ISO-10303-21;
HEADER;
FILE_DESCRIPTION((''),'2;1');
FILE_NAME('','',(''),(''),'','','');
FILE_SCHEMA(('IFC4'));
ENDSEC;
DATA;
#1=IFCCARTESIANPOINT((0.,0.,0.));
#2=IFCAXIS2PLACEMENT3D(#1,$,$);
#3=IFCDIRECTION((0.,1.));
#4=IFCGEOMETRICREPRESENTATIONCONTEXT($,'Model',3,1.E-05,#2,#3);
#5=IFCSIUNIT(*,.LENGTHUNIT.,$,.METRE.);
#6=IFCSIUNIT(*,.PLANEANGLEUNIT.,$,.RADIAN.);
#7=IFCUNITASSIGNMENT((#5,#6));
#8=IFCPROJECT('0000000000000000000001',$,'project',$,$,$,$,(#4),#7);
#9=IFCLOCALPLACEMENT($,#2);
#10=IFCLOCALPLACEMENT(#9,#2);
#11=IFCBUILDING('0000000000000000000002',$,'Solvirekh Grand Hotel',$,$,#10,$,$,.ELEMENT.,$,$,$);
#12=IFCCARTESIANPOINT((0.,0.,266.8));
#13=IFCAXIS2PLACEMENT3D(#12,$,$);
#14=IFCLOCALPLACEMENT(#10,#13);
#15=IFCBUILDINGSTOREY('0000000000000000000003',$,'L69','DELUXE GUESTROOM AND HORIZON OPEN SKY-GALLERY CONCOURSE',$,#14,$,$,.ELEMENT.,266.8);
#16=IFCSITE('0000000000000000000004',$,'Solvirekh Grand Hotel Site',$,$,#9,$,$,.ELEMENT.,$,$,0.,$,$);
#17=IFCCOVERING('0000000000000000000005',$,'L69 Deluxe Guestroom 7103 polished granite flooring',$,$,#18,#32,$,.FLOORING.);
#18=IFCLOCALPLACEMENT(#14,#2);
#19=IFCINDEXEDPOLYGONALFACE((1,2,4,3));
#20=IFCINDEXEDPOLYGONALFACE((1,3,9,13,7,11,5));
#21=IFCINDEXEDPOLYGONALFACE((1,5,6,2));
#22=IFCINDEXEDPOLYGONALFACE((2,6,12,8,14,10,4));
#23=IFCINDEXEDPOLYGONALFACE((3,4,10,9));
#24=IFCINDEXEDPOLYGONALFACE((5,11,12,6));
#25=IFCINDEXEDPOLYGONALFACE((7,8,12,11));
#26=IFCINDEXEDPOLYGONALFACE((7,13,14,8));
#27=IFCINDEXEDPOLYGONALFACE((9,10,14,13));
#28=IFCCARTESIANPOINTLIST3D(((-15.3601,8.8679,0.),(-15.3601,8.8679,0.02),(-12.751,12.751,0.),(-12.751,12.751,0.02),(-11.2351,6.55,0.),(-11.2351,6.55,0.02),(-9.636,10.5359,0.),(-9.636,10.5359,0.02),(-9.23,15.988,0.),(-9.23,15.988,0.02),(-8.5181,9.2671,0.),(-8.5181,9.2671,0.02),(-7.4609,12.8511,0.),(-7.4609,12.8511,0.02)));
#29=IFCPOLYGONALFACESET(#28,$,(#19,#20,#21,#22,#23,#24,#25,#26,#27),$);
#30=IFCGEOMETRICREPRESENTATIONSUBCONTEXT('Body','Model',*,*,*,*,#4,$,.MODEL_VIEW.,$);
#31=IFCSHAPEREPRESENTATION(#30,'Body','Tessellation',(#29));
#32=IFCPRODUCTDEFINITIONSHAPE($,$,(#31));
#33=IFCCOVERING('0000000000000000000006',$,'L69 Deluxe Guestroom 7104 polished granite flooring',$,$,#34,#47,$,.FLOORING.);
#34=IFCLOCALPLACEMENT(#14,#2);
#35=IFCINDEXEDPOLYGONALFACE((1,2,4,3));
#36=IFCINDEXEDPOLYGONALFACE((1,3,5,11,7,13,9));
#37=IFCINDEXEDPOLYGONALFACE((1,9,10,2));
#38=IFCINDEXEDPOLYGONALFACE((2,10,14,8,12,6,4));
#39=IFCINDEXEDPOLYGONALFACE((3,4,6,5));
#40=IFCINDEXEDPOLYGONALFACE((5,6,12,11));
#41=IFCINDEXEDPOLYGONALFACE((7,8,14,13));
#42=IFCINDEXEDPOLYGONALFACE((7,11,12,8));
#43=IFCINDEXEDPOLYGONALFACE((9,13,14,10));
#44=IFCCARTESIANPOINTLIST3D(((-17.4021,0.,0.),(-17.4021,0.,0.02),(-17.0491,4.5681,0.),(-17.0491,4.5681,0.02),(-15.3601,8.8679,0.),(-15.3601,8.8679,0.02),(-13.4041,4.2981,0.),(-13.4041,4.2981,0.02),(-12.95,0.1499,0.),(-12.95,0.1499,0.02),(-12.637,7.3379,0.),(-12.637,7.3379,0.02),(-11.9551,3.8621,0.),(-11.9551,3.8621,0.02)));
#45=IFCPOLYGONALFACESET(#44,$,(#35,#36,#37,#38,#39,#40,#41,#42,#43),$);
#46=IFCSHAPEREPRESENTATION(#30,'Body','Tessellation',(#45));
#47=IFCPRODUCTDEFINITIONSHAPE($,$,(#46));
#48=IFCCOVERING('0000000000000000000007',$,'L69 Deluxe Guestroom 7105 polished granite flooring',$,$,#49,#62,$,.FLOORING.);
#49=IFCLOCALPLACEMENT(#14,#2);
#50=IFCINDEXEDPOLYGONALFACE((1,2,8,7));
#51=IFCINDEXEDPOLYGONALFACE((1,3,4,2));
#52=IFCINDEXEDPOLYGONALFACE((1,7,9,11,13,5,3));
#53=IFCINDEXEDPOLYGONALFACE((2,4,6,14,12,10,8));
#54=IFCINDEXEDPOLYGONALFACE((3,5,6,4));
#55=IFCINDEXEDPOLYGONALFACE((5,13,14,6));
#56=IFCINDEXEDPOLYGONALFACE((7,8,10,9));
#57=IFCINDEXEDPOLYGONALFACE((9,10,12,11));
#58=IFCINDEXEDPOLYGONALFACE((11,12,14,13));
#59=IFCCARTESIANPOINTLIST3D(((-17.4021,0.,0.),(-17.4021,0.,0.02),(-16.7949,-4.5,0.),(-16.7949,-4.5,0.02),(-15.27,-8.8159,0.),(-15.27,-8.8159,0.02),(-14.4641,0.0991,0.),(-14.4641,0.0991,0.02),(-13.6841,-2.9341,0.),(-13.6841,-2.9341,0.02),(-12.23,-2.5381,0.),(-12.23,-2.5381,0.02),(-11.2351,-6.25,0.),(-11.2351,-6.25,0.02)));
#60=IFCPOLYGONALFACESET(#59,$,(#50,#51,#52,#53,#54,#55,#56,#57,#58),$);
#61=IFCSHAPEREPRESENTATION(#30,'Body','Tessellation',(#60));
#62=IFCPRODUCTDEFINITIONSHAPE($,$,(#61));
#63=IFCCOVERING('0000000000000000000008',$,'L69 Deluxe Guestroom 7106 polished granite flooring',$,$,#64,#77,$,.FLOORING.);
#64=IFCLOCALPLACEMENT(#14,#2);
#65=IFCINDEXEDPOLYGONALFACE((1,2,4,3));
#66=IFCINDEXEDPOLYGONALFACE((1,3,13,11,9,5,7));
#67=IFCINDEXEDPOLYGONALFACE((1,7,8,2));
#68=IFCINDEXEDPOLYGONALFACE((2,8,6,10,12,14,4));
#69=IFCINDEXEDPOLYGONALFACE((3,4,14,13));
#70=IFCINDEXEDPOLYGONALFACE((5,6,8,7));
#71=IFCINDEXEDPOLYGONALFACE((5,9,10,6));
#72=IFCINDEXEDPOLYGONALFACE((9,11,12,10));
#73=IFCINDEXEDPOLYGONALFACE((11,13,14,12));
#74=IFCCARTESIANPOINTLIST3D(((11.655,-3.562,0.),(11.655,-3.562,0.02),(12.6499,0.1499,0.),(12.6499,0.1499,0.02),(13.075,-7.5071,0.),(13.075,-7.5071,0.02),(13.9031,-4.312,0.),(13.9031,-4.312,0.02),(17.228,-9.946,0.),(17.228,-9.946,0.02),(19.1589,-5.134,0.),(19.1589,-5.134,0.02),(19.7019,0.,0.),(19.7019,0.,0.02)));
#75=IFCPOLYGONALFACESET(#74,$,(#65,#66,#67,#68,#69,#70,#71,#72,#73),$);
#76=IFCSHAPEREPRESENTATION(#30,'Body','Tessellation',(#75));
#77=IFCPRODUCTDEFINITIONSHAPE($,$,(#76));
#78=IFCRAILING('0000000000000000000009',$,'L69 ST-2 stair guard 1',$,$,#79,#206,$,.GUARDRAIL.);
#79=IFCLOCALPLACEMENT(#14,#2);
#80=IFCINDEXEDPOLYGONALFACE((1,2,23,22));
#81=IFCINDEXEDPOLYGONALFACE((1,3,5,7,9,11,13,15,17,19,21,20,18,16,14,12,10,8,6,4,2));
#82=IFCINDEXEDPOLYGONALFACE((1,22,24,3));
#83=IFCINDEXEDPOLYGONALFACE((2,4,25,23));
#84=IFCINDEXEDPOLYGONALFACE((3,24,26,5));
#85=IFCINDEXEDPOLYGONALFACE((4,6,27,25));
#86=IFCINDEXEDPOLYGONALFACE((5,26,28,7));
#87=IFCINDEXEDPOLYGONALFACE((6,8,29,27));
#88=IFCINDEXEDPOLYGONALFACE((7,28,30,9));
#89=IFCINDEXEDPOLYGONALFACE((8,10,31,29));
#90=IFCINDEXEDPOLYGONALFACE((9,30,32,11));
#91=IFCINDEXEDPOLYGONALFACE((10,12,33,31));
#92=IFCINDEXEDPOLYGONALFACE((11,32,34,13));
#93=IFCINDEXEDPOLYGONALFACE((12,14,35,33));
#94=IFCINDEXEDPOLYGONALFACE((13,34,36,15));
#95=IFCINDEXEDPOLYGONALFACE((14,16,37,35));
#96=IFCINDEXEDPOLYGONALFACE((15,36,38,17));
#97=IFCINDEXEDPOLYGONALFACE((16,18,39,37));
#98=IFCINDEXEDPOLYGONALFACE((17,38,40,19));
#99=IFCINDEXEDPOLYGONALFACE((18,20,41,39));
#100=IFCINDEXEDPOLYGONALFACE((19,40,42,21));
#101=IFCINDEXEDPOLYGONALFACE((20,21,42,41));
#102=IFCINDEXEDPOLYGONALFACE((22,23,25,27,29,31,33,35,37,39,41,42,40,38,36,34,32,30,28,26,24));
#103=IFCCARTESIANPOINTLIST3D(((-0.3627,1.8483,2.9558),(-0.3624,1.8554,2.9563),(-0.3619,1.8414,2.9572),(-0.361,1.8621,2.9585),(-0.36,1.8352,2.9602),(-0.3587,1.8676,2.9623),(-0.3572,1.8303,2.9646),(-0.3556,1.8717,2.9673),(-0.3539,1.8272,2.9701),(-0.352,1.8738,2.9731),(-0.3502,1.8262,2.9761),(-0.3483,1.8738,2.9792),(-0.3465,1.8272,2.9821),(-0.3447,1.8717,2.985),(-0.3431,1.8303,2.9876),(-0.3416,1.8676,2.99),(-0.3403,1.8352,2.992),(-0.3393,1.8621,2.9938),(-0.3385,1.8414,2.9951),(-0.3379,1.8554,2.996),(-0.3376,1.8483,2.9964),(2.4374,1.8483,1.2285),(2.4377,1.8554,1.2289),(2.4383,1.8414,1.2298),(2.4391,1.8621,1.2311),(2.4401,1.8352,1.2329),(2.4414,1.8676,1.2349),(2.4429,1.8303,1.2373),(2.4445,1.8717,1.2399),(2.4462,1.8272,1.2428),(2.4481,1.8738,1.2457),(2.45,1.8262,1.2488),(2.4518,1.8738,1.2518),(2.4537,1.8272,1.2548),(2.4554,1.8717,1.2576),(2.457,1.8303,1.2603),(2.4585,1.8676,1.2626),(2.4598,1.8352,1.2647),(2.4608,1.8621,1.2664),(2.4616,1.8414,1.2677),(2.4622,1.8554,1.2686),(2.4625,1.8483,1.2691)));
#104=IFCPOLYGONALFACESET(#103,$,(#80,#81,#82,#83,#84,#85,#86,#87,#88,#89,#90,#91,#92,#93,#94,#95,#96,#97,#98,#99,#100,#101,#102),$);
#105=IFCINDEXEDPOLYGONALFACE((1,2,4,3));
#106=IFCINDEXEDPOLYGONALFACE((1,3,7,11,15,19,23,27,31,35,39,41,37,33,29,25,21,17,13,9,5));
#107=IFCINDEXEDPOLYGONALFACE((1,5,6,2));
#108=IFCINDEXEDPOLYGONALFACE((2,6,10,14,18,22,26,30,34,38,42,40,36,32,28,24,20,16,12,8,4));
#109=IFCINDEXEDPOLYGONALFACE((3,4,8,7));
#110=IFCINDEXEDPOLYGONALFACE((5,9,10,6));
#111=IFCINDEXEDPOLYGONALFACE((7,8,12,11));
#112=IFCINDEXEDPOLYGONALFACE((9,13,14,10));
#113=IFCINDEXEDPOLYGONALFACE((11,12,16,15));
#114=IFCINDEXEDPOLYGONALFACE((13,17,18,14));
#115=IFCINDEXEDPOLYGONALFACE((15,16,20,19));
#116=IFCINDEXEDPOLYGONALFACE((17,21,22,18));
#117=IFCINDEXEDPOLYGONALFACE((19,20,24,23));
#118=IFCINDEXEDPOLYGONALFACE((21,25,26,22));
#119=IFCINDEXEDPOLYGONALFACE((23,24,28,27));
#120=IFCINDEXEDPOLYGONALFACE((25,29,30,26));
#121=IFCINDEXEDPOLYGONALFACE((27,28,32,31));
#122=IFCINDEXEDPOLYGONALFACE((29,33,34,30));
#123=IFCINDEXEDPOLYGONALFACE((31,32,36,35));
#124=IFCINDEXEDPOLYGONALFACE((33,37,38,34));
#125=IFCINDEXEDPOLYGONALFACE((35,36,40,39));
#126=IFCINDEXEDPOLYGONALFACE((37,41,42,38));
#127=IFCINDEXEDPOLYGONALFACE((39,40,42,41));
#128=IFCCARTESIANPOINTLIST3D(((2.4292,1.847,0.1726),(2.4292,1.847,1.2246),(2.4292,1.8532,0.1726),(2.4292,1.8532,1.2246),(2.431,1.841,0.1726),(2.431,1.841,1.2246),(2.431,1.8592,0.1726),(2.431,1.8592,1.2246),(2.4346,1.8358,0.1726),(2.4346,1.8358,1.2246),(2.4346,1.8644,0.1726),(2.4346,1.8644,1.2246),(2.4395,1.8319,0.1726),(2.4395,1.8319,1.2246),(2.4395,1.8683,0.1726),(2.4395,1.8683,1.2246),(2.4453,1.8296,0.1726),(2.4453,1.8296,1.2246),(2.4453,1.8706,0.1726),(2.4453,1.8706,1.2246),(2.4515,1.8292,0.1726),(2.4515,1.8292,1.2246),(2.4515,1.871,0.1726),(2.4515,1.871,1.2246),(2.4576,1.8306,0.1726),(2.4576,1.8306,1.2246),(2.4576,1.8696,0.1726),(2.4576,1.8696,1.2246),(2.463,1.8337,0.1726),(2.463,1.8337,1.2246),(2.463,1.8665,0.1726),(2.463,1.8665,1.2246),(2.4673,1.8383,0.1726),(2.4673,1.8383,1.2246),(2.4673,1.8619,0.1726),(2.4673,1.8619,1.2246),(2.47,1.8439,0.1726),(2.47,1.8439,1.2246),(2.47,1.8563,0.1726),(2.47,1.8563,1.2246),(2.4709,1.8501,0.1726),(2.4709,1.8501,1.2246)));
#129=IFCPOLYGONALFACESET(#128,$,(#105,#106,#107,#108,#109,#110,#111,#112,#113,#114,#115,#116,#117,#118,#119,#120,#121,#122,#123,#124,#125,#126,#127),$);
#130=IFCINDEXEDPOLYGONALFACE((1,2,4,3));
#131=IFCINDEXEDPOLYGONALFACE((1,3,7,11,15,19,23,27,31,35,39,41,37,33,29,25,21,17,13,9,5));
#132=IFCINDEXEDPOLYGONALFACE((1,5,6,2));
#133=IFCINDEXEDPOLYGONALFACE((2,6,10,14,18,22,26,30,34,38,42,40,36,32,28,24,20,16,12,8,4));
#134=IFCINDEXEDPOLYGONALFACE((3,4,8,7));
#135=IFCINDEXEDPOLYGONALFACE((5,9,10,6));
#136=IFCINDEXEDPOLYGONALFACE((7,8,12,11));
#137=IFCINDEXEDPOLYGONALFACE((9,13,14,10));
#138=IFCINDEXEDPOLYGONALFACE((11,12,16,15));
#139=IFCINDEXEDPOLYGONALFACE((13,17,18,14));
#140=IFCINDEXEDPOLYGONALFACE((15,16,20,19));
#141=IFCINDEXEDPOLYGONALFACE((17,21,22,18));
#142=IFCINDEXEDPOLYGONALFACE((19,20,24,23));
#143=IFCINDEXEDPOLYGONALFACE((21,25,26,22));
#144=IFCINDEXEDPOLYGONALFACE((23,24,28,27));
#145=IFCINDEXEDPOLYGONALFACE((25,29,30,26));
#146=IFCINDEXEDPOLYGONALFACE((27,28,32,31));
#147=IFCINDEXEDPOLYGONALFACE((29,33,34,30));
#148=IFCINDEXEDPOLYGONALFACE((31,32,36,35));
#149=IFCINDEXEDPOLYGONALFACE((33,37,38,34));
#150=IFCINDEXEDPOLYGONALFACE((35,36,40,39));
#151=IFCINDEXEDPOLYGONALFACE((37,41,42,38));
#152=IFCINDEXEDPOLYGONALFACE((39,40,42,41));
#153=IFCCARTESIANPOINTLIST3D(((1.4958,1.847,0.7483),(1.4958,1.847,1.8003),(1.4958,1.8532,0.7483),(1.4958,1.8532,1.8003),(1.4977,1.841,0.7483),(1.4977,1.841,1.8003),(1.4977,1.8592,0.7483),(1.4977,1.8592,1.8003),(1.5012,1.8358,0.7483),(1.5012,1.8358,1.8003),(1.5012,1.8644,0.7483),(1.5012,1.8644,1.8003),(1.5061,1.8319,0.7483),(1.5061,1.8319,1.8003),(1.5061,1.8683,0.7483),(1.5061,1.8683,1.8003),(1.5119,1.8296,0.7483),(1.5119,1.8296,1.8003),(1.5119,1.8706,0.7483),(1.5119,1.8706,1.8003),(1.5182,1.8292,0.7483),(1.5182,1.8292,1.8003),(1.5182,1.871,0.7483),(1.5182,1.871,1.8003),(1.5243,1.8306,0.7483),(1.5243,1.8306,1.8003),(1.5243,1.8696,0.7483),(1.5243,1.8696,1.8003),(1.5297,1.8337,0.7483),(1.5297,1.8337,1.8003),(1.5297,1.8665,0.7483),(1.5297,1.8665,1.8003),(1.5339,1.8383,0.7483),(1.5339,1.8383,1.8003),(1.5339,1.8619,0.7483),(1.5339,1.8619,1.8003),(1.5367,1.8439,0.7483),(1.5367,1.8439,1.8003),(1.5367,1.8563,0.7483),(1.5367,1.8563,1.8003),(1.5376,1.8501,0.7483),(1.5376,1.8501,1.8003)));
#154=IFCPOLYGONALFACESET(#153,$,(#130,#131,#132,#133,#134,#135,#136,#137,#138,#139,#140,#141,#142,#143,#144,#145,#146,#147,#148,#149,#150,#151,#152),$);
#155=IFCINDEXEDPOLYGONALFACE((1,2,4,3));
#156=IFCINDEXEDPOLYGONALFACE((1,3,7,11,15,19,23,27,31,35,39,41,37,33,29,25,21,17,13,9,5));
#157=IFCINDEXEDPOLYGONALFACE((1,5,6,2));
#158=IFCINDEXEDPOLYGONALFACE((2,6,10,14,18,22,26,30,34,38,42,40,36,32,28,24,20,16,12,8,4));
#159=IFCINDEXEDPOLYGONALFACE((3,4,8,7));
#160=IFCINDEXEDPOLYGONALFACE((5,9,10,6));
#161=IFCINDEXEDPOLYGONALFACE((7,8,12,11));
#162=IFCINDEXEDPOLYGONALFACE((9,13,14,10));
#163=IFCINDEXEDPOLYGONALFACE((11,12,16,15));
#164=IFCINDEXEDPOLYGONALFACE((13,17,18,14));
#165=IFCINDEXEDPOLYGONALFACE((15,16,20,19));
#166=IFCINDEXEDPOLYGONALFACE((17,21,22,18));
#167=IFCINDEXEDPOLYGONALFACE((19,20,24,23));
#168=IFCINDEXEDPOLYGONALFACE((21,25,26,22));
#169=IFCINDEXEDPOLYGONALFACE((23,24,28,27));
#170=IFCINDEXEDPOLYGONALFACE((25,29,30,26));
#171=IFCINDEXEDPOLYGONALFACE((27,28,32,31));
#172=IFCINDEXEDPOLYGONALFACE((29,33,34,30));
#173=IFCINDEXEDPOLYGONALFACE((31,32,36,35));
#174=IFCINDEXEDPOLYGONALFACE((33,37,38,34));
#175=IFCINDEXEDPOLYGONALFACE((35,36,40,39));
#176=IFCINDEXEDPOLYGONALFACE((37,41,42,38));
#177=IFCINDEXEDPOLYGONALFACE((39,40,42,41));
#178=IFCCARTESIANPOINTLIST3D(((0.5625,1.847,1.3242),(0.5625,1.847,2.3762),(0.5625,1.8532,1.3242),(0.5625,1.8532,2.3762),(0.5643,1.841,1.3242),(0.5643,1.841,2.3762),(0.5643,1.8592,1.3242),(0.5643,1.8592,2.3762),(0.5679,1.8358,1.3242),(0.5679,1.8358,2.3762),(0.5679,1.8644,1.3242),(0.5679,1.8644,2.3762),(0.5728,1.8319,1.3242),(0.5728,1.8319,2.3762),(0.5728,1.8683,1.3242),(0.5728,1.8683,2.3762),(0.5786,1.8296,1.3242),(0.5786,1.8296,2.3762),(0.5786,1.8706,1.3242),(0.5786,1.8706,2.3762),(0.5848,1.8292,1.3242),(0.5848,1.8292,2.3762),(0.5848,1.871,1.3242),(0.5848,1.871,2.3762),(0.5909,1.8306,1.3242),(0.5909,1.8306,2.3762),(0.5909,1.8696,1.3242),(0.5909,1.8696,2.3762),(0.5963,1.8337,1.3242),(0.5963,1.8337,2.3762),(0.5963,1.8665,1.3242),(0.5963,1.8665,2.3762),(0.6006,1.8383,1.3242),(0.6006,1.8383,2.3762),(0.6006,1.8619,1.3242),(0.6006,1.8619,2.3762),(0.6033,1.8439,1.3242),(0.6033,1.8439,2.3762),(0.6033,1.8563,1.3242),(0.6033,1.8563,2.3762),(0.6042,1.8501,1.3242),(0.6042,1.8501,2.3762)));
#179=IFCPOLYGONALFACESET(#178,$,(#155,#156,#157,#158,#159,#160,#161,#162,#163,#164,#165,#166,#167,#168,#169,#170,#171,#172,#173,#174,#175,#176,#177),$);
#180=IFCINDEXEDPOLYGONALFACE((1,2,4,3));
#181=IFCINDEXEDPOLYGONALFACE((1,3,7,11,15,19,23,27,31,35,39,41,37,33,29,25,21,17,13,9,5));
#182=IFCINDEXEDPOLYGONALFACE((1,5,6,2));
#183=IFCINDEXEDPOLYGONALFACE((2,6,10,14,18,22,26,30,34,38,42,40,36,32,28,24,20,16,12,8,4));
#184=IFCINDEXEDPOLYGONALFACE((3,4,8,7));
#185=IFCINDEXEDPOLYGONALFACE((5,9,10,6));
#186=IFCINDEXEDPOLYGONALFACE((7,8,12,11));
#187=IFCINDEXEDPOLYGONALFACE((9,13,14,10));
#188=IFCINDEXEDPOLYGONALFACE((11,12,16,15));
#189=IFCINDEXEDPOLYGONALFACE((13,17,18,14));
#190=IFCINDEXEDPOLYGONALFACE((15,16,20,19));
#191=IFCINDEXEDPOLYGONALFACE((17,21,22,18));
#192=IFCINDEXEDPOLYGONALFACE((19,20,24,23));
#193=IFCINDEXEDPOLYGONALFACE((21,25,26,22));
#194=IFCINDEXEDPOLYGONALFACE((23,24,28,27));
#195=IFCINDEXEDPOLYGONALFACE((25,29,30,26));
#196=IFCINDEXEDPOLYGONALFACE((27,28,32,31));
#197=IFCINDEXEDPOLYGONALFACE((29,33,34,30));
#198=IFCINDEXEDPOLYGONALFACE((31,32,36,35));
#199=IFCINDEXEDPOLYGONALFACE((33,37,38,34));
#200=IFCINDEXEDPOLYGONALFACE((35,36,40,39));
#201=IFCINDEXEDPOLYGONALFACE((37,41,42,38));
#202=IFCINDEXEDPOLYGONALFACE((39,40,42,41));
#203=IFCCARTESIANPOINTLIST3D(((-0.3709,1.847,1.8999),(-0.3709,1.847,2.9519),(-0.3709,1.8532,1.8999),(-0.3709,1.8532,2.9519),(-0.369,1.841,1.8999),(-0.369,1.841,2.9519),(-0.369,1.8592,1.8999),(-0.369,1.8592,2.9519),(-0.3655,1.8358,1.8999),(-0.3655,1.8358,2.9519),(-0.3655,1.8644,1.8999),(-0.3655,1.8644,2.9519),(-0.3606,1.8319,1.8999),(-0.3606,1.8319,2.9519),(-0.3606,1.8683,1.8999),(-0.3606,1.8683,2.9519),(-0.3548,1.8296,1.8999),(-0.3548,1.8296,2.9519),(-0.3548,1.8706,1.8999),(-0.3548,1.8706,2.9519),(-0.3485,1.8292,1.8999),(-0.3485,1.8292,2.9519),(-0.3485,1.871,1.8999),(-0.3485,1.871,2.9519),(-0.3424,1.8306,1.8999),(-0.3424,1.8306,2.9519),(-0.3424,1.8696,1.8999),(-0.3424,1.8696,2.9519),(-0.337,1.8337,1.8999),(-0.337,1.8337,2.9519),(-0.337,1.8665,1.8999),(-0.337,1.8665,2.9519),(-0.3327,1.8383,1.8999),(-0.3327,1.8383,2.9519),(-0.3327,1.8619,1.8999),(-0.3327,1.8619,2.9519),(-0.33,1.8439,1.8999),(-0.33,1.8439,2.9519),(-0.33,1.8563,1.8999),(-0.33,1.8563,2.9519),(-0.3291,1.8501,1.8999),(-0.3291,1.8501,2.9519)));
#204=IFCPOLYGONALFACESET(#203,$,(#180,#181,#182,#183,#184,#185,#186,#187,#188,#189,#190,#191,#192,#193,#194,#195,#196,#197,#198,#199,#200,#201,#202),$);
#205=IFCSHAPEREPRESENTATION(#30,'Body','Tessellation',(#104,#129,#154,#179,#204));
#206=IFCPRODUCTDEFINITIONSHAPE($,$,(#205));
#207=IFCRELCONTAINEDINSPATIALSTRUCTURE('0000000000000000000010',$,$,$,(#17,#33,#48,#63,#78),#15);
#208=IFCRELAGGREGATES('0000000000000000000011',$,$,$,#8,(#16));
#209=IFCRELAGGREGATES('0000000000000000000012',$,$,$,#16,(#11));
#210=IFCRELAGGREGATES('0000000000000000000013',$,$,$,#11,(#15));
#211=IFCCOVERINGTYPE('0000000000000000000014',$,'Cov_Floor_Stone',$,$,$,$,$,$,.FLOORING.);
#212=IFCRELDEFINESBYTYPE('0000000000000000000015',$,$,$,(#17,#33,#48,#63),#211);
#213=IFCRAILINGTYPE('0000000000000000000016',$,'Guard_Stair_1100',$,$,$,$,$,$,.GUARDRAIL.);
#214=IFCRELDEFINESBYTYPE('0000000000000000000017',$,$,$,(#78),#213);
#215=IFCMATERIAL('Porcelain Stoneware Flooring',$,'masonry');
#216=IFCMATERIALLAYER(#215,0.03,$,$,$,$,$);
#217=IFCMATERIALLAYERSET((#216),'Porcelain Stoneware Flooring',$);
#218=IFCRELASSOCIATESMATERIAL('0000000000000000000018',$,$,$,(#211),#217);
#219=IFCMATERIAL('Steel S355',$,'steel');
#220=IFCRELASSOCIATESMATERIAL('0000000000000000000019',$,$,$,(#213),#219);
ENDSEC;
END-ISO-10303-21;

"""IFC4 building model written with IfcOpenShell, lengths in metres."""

from ifc_helpers import new_model, si_unit, direction, frame, origin, origin_2d, place, context, subcontext, project, spatial, polyline, circle, outline, extrude, material, layer, layer_set, type_object, element, save


model = new_model("IFC4")

# Units and contexts
model_context = context("Model", 3, precision=1e-05, world=origin(), true_north=direction((0.0, 1.0)))
body_context = subcontext(model_context, "Body", "Model", "MODEL_VIEW")
ifc_project = project(units=[si_unit("LENGTHUNIT", "METRE"), si_unit("PLANEANGLEUNIT", "RADIAN")], contexts=[model_context])

# Site, building, storey
site_placement = place(None, origin())
site = spatial("IfcSite", under=ifc_project, at=site_placement, Name="Solvirekh Grand Hotel Site", CompositionType="ELEMENT", RefElevation=0.0)
building_placement = place(site_placement, origin())
building = spatial("IfcBuilding", under=site, at=building_placement, Name="Solvirekh Grand Hotel", CompositionType="ELEMENT")
storey_placement = place(building_placement, frame((0.0, 0.0, 266.8)))
storey = spatial("IfcBuildingStorey", under=building, at=storey_placement, Name="L69", Description="DELUXE GUESTROOM AND HORIZON OPEN SKY-GALLERY CONCOURSE", CompositionType="ELEMENT", Elevation=266.8)

# Shared definitions
ifc_material_1 = material(Name="Steel S355", Category="steel")

# Coverings
ifc_material_2 = material(Name="Porcelain Stoneware Flooring", Category="masonry")
ifc_layer_1 = layer(ifc_material_2, 0.03)
ifc_layer_set_1 = layer_set([ifc_layer_1], Name="Porcelain Stoneware Flooring")
covering_type_1 = type_object("IfcCoveringType", Name="Cov_Floor_Stone", PredefinedType="FLOORING", material=ifc_layer_set_1)
covering_1_placement = place(storey_placement, origin())
element("IfcCovering", 1, at=covering_1_placement, inside=storey, type_object=covering_type_1, Name="L69 Deluxe Guestroom 7103 polished granite flooring", PredefinedType="FLOORING", context=body_context, shape_type="SweptSolid", body=[
    extrude(outline(polyline([(-9.636, 10.5359), (-7.4609, 12.8511), (-9.23, 15.988), (-12.751, 12.751), (-15.3601, 8.8679), (-11.2351, 6.55), (-8.5181, 9.2671), (-9.636, 10.5359)])), origin(), (0.0, 0.0, 1.0), 0.02),
])
covering_2_placement = place(storey_placement, origin())
element("IfcCovering", 2, at=covering_2_placement, inside=storey, type_object=covering_type_1, Name="L69 Deluxe Guestroom 7104 polished granite flooring", PredefinedType="FLOORING", context=body_context, shape_type="SweptSolid", body=[
    extrude(outline(polyline([(-13.4041, 4.2981), (-12.637, 7.3379), (-15.3601, 8.8679), (-17.0491, 4.5681), (-17.4021, 0.0), (-12.95, 0.1499), (-11.9551, 3.8621), (-13.4041, 4.2981)])), origin(), (0.0, 0.0, 1.0), 0.02),
])
covering_3_placement = place(storey_placement, origin())
element("IfcCovering", 3, at=covering_3_placement, inside=storey, type_object=covering_type_1, Name="L69 Deluxe Guestroom 7105 polished granite flooring", PredefinedType="FLOORING", context=body_context, shape_type="SweptSolid", body=[
    extrude(outline(polyline([(-13.6841, -2.9341), (-14.4641, 0.0991), (-17.4021, 0.0), (-16.7949, -4.5), (-15.27, -8.8159), (-11.2351, -6.25), (-12.23, -2.5381), (-13.6841, -2.9341)])), origin(), (0.0, 0.0, 1.0), 0.02),
])
covering_4_placement = place(storey_placement, origin())
element("IfcCovering", 4, at=covering_4_placement, inside=storey, type_object=covering_type_1, Name="L69 Deluxe Guestroom 7106 polished granite flooring", PredefinedType="FLOORING", context=body_context, shape_type="SweptSolid", body=[
    extrude(outline(polyline([(13.9031, -4.312), (13.075, -7.5071), (17.228, -9.946), (19.1589, -5.134), (19.7019, 0.0), (12.6499, 0.1499), (11.655, -3.562), (13.9031, -4.312)])), origin(), (0.0, 0.0, 1.0), 0.02),
])

# Railing
railing_type_1 = type_object("IfcRailingType", Name="Guard_Stair_1100", PredefinedType="GUARDRAIL", material=ifc_material_1)
railing_1_placement = place(storey_placement, frame((2.45, 1.8501, 0.1726)))
element("IfcRailing", 5, at=railing_1_placement, inside=storey, type_object=railing_type_1, Name="L69 ST-2 stair guard 1", PredefinedType="GUARDRAIL", context=body_context, shape_type="SweptSolid", body=[
    extrude(circle(Radius=0.0239, at=origin_2d()), frame((0.0, 0.0, 1.0762), z_axis=(-0.85109, 0.0, 0.52502), x_axis=(0.0, -1.0, 0.0)), (0.0, 0.0, 1.0), 3.29),
    extrude(circle(Radius=0.021, at=origin_2d()), origin(), (0.0, 0.0, 1.0), 1.052),
    extrude(circle(Radius=0.021, at=origin_2d()), frame((-0.9333, 0.0, 0.5757)), (0.0, 0.0, 1.0), 1.052),
    extrude(circle(Radius=0.021, at=origin_2d()), frame((-1.8667, 0.0, 1.1516)), (0.0, 0.0, 1.0), 1.052),
    extrude(circle(Radius=0.021, at=origin_2d()), frame((-2.8, 0.0, 1.7273)), (0.0, 0.0, 1.0), 1.052),
])

save(model, "model.ifc")
